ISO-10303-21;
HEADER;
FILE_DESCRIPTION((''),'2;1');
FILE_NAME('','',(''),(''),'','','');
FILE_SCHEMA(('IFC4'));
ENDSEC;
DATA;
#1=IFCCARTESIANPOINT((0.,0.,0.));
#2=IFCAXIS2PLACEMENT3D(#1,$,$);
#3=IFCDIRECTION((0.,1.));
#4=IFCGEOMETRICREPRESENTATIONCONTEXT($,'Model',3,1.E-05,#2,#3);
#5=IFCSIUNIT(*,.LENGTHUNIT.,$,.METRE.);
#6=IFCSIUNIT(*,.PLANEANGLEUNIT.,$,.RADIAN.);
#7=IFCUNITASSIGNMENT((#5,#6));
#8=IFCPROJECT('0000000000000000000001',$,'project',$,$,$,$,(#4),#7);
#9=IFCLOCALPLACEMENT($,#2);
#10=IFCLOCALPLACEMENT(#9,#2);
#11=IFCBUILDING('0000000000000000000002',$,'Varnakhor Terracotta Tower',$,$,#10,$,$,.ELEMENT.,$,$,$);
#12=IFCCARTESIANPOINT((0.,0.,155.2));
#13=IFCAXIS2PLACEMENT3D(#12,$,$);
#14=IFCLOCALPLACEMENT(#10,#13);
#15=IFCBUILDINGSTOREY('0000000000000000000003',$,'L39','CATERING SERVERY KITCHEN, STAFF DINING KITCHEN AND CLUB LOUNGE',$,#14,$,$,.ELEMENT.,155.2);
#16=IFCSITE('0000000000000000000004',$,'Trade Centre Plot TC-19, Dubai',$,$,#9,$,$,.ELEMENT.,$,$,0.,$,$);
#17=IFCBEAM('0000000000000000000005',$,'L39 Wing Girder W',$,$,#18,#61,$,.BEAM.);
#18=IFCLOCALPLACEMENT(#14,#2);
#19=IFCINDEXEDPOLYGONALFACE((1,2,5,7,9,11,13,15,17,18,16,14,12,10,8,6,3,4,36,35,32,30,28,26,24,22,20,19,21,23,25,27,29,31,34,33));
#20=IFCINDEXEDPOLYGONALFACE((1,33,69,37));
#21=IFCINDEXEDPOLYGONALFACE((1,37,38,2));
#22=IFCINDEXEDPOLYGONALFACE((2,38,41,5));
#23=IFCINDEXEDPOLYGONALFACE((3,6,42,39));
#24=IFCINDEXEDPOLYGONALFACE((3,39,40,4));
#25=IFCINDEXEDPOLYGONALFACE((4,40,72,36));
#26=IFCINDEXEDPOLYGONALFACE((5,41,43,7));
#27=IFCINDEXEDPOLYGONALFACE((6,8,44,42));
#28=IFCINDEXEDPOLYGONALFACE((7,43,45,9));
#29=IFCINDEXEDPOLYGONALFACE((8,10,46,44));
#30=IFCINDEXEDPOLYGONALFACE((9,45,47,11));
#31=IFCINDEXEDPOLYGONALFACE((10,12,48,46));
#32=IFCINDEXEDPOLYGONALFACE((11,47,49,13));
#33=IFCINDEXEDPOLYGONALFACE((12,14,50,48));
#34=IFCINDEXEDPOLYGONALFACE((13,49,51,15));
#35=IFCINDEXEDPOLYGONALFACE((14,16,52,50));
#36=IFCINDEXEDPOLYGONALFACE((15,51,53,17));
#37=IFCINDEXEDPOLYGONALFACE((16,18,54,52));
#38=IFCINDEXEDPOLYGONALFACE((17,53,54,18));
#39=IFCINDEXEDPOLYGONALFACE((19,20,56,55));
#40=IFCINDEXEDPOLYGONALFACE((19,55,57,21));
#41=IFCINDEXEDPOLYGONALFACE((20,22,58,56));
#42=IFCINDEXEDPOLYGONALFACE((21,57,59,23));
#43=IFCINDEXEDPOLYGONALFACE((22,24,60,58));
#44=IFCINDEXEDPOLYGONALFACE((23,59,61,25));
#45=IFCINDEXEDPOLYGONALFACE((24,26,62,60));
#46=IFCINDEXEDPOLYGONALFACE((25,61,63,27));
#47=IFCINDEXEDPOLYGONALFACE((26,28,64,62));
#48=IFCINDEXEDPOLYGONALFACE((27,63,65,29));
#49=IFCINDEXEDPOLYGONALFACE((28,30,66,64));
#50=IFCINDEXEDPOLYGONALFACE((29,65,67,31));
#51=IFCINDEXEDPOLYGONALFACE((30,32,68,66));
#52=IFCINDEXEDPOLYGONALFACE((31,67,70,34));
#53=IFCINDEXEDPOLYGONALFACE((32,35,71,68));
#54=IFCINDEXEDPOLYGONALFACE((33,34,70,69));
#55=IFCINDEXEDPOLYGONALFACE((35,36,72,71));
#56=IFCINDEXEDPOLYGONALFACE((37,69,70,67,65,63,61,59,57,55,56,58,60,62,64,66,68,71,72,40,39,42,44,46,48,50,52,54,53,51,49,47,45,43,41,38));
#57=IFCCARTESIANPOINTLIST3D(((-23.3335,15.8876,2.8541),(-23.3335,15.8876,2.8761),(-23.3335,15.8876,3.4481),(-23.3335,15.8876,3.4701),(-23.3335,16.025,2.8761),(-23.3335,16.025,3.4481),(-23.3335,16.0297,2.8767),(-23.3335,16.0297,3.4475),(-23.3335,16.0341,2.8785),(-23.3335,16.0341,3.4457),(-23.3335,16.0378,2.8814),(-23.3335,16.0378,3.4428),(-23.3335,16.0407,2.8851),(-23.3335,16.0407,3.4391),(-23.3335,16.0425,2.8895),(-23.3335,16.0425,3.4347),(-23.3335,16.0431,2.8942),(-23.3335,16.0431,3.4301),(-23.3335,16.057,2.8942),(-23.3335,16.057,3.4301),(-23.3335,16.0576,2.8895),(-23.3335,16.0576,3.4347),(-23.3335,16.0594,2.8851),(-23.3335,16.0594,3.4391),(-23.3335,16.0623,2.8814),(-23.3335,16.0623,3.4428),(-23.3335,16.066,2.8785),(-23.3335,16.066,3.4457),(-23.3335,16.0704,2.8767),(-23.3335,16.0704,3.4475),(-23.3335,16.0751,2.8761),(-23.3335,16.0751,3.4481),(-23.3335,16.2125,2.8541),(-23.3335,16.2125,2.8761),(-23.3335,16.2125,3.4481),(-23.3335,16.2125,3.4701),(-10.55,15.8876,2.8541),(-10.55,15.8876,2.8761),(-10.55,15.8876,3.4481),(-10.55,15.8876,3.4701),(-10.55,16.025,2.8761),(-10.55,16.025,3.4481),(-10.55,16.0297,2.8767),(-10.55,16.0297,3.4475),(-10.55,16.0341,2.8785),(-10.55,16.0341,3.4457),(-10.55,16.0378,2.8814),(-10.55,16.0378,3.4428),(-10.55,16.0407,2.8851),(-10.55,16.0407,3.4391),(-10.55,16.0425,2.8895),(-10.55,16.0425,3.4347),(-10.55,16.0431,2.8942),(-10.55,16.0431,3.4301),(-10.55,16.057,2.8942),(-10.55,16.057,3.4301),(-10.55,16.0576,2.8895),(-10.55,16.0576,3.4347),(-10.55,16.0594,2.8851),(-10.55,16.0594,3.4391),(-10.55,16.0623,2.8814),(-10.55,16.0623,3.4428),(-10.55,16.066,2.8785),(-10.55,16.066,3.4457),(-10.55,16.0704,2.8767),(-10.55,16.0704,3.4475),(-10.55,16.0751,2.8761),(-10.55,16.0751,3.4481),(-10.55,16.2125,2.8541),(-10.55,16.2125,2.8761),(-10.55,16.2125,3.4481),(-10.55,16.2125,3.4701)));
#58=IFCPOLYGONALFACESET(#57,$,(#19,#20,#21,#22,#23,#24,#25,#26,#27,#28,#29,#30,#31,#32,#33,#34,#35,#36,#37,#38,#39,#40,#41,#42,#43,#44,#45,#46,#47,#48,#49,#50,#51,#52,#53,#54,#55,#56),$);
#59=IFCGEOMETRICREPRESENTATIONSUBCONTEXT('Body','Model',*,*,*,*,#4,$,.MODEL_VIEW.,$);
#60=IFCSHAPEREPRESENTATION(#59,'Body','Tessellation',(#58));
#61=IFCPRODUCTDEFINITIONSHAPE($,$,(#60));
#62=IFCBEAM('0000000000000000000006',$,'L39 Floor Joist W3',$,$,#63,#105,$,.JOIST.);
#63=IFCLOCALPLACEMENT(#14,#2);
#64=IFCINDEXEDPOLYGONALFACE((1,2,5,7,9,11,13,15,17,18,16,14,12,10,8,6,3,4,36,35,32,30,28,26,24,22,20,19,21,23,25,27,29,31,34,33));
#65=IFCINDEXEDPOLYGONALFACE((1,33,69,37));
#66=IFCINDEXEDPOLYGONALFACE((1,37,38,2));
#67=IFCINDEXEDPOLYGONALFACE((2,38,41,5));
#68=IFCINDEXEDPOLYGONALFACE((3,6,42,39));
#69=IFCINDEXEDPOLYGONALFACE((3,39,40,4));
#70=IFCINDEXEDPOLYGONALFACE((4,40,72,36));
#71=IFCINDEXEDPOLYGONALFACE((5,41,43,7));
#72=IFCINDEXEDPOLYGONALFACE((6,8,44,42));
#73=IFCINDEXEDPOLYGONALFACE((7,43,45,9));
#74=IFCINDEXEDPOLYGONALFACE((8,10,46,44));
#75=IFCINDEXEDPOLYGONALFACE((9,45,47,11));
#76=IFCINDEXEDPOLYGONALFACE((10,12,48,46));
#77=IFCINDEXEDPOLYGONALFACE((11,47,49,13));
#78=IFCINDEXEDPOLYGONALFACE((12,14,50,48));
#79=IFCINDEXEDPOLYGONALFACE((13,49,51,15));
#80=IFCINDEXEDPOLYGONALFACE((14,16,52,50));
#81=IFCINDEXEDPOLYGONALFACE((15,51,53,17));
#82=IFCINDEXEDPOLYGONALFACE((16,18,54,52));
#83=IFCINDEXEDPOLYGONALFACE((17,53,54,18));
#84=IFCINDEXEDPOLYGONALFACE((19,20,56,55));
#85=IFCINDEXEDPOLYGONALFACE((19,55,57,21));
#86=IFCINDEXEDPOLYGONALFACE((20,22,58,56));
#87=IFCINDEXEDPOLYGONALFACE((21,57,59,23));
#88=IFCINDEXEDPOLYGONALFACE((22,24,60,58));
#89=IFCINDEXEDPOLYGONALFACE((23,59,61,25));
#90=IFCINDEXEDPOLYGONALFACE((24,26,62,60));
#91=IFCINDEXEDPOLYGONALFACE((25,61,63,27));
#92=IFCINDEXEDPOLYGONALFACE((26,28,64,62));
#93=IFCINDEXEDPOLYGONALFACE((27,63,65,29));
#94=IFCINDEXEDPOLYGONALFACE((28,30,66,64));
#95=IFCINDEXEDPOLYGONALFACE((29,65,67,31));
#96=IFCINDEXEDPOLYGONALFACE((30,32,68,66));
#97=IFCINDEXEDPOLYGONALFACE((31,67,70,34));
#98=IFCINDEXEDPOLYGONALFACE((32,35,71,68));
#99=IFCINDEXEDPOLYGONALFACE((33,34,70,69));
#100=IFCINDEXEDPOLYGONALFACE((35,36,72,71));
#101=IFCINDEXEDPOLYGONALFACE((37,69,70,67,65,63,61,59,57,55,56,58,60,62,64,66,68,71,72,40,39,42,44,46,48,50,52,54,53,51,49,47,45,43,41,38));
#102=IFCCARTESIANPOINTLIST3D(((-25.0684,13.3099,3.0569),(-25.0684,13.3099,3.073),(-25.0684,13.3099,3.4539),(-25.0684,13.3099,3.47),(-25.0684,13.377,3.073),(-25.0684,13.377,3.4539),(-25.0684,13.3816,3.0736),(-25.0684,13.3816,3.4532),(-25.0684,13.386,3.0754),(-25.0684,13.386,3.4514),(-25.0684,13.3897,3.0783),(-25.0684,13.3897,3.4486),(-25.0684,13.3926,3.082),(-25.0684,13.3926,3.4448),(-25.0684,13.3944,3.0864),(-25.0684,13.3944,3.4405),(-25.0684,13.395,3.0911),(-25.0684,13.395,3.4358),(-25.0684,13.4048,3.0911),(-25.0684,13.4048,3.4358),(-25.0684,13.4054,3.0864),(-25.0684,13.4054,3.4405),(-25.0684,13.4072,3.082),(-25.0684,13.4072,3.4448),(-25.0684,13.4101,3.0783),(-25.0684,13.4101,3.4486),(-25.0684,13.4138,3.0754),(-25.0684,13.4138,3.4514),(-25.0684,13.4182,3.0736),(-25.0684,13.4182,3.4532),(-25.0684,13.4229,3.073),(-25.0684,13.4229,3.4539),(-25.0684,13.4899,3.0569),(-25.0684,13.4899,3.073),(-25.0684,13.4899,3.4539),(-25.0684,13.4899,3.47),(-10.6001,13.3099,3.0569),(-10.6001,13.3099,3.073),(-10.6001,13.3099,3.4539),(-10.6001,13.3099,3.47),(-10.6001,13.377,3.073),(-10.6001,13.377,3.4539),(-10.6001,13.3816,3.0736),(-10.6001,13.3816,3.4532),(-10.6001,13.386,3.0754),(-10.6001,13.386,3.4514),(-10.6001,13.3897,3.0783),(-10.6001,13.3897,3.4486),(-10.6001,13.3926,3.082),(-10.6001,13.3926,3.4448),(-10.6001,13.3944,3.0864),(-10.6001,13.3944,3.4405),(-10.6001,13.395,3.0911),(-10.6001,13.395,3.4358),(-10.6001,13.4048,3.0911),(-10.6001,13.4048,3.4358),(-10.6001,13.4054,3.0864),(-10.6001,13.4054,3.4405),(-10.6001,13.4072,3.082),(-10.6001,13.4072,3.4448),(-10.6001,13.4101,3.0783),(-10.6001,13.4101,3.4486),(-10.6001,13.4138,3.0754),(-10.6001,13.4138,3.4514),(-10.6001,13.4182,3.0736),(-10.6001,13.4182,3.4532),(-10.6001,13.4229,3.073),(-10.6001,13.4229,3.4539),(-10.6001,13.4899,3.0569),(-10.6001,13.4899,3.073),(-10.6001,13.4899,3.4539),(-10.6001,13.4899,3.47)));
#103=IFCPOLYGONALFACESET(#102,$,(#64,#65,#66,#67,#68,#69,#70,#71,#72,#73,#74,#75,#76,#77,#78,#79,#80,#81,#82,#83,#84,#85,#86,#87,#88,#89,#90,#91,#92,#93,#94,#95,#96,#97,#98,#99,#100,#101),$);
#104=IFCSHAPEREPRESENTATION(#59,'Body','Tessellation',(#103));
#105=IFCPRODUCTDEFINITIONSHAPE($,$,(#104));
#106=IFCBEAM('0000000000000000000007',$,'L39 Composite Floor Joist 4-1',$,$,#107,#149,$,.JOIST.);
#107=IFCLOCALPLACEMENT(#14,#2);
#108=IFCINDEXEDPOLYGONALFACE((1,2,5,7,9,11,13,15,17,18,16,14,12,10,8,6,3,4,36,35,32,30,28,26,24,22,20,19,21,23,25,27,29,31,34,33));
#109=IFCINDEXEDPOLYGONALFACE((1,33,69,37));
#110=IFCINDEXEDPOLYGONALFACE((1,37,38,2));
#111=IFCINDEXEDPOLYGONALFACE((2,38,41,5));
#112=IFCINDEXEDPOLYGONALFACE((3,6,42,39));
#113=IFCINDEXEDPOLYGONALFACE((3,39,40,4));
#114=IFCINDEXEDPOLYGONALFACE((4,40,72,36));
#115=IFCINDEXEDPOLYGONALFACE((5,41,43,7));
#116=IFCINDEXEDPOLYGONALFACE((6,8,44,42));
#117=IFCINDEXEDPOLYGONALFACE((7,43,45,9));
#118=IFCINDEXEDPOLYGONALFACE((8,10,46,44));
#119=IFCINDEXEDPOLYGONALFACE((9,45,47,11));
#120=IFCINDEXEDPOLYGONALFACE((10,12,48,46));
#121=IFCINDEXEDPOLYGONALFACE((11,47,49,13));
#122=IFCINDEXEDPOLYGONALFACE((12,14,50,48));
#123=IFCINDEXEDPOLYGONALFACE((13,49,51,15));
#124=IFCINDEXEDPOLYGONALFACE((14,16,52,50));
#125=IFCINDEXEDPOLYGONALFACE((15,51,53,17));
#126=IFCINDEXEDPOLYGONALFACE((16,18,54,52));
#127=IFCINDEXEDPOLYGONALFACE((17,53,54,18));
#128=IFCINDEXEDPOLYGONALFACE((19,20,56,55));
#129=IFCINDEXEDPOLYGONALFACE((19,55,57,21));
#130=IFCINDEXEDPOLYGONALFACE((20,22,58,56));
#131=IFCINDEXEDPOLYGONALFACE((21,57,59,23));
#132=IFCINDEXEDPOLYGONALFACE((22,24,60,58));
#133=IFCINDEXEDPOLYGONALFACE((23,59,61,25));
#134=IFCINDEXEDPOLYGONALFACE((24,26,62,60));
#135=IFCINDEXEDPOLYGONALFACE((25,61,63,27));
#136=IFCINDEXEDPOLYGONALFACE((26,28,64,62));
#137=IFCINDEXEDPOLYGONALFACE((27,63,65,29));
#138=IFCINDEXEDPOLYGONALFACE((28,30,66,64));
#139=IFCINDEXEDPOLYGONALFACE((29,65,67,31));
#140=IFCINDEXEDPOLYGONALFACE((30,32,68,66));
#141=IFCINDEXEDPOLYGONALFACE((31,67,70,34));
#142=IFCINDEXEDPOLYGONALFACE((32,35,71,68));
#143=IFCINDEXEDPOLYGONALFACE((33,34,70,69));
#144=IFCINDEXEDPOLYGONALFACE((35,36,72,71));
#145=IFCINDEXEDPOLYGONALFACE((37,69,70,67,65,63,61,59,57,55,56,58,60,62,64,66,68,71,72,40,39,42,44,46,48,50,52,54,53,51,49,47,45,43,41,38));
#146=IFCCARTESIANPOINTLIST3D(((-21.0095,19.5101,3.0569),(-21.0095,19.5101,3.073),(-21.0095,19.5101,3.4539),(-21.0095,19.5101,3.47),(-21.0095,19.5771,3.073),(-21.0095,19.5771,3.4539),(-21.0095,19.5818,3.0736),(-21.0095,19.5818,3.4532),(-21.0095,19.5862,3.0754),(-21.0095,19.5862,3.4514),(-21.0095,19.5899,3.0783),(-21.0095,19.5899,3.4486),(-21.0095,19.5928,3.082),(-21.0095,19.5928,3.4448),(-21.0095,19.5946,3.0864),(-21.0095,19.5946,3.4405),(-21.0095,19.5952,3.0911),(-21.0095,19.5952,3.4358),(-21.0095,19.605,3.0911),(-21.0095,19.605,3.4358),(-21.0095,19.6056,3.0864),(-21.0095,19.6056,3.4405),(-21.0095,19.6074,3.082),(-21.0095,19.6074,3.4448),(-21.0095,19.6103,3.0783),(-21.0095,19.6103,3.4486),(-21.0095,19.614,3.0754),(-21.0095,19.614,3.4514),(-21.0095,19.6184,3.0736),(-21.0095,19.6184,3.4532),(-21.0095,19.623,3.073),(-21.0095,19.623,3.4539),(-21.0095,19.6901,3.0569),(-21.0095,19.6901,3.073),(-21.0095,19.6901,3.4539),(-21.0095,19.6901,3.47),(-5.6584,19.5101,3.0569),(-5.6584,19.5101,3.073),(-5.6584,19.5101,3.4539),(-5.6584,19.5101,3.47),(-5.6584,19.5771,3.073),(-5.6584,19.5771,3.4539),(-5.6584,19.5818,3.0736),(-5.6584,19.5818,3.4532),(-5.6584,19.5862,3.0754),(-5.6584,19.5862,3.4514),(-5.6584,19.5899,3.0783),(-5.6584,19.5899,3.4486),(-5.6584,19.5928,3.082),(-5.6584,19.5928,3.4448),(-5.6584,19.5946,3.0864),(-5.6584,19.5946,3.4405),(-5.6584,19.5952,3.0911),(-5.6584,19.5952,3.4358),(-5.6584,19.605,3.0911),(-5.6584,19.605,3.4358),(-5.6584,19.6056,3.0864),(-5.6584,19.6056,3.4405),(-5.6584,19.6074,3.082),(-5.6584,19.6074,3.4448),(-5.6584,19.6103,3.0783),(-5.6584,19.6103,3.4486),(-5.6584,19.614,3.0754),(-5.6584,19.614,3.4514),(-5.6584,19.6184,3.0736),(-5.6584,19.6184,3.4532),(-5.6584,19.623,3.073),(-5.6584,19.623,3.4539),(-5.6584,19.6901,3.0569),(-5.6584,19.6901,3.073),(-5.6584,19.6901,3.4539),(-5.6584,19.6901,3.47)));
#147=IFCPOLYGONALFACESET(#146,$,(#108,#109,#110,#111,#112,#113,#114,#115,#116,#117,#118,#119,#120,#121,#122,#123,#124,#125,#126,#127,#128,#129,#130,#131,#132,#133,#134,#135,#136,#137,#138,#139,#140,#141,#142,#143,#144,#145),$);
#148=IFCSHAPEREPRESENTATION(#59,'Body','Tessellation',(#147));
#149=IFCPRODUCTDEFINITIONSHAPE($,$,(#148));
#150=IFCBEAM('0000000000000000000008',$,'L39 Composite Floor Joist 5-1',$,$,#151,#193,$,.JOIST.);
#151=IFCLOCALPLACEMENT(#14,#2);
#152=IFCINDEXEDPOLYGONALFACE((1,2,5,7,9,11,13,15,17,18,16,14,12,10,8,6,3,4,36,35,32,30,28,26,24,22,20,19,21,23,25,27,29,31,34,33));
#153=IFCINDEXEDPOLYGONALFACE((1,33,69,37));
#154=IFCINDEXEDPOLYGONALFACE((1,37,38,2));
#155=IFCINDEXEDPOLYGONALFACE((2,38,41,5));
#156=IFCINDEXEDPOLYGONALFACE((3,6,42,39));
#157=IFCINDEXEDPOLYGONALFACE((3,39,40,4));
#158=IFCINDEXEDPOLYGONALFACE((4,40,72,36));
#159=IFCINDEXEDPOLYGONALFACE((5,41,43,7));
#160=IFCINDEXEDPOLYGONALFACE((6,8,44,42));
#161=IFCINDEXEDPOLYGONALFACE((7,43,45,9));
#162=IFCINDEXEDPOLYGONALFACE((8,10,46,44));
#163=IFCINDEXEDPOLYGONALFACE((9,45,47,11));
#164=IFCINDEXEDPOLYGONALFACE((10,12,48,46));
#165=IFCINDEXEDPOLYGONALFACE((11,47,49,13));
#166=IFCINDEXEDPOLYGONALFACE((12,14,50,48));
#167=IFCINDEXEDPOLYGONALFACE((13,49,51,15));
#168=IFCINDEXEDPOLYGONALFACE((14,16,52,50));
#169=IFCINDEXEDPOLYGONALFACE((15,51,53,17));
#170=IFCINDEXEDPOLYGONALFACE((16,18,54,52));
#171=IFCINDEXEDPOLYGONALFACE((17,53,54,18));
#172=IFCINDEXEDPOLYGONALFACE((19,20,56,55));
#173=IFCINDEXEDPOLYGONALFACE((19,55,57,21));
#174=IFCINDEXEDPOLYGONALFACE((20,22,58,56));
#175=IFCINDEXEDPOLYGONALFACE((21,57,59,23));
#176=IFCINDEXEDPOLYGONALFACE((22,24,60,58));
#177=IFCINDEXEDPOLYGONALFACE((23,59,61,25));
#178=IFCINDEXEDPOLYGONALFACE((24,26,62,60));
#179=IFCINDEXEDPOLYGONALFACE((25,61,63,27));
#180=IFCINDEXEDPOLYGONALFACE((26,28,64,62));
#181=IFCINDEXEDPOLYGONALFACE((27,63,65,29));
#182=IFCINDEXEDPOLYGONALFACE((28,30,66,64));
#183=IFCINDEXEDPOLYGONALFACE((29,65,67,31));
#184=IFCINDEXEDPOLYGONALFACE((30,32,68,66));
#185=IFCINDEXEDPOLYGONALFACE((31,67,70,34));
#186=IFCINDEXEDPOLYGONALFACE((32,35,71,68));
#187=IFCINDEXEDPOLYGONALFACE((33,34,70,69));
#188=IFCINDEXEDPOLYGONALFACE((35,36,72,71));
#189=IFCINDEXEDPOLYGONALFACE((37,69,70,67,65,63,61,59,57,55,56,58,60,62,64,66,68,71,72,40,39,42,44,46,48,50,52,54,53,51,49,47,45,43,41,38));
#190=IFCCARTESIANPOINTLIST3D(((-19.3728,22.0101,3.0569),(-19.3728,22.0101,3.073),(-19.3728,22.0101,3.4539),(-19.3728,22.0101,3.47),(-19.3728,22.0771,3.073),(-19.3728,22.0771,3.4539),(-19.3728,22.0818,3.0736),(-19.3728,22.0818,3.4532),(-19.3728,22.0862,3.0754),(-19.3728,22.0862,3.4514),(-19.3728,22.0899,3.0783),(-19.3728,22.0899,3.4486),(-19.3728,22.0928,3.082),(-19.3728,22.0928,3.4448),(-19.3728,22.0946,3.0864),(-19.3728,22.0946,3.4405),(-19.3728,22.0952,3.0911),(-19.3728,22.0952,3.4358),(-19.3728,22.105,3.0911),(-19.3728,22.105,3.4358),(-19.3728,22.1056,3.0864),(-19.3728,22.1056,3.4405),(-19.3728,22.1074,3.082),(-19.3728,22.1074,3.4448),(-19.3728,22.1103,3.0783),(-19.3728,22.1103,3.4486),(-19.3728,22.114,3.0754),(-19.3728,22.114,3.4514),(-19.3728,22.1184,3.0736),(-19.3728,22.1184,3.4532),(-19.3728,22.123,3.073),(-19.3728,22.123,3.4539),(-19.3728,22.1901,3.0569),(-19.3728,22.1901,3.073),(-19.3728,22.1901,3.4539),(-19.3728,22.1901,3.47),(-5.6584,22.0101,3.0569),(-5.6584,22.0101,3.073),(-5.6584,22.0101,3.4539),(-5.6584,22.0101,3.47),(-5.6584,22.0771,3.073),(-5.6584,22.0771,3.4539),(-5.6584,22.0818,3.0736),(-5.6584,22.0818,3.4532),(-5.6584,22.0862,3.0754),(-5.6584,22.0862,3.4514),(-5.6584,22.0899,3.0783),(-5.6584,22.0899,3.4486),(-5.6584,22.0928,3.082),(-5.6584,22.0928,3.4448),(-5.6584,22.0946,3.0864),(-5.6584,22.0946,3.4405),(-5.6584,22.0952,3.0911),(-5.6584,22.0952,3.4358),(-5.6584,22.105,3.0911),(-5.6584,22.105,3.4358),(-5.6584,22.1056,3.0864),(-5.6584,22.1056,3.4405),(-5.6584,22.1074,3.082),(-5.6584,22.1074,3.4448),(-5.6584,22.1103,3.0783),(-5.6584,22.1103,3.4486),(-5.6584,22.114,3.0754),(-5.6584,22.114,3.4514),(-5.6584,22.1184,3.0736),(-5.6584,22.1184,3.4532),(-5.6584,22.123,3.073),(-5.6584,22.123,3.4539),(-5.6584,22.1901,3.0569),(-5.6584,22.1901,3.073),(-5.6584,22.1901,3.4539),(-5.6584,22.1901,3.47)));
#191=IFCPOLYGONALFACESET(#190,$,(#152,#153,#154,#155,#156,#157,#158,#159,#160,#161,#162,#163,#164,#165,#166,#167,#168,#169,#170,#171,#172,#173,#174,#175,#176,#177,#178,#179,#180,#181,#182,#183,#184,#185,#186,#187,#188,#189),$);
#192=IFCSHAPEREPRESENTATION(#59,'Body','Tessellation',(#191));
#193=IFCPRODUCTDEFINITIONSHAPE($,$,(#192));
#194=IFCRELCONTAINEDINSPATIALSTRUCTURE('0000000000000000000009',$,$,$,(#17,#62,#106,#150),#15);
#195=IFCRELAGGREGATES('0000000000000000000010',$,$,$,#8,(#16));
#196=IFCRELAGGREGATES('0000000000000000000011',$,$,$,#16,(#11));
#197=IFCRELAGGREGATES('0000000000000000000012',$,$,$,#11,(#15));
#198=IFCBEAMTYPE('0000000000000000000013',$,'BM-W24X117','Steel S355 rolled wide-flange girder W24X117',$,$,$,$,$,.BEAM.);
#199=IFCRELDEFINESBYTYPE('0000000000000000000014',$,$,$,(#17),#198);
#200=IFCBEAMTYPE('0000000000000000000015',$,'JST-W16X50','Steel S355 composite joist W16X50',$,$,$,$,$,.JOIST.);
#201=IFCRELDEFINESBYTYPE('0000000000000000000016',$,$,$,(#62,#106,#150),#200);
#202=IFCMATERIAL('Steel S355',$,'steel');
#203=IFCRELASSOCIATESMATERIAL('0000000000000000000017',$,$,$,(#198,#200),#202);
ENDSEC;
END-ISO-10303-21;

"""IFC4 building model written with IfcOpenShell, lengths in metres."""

from ifc_helpers import new_model, si_unit, direction, frame, origin, origin_2d, place, context, subcontext, project, spatial, i_section, extrude, source, transform, mapped, material, material_profile, profile_set, type_object, element, save


model = new_model("IFC4")

# Units and contexts
model_context = context("Model", 3, precision=1e-05, world=origin(), true_north=direction((0.0, 1.0)))
body_context = subcontext(model_context, "Body", "Model", "MODEL_VIEW")
ifc_project = project(units=[si_unit("LENGTHUNIT", "METRE"), si_unit("PLANEANGLEUNIT", "RADIAN")], contexts=[model_context])

# Site, building, storey
site_placement = place(None, origin())
site = spatial("IfcSite", under=ifc_project, at=site_placement, Name="Trade Centre Plot TC-19, Dubai", CompositionType="ELEMENT", RefElevation=0.0)
building_placement = place(site_placement, origin())
building = spatial("IfcBuilding", under=site, at=building_placement, Name="Varnakhor Terracotta Tower", CompositionType="ELEMENT")
storey_placement = place(building_placement, frame((0.0, 0.0, 155.2)))
storey = spatial("IfcBuildingStorey", under=building, at=storey_placement, Name="L39", Description="CATERING SERVERY KITCHEN, STAFF DINING KITCHEN AND CLUB LOUNGE", CompositionType="ELEMENT", Elevation=155.2)

# Beams
ifc_material_1 = material(Name="Steel S355", Category="steel")
ifc_material_profile_1 = material_profile(ifc_material_1, i_section(OverallWidth=0.325, OverallDepth=0.616, WebThickness=0.0139, FlangeThickness=0.022, FilletRadius=0.0181, at=origin_2d()), Name="W24X117")
ifc_profile_set_1 = profile_set([ifc_material_profile_1], Name="Steel S355")
beam_type_1 = type_object("IfcBeamType", Name="BM-W24X117", Description="Steel S355 rolled wide-flange girder W24X117", PredefinedType="BEAM", material=ifc_profile_set_1)
shared_shape_1 = source(origin(), body_context, "Body", "SweptSolid", [
    extrude(i_section(OverallWidth=0.325, OverallDepth=0.616, WebThickness=0.0139, FlangeThickness=0.022, FilletRadius=0.0181, at=origin_2d()), origin(), (0.0, 0.0, 1.0), 12.7834),
])
beam_1_placement = place(storey_placement, frame((-23.3335, 16.05, 3.1621), z_axis=(1.0, 0.0, 0.0), x_axis=(0.0, 1.0, 0.0)))
element("IfcBeam", 1, at=beam_1_placement, inside=storey, type_object=beam_type_1, Name="L39 Wing Girder W", PredefinedType="BEAM", context=body_context, shape_type="MappedRepresentation", body=[
    mapped(shared_shape_1, transform((0.0, 0.0, 0.0), scale=1.0)),
])
ifc_material_profile_2 = material_profile(ifc_material_1, i_section(OverallWidth=0.1799, OverallDepth=0.4131, WebThickness=0.0098, FlangeThickness=0.0161, FilletRadius=0.0181, at=origin_2d()), Name="W16X50")
ifc_profile_set_2 = profile_set([ifc_material_profile_2], Name="Steel S355")
beam_type_2 = type_object("IfcBeamType", Name="JST-W16X50", Description="Steel S355 composite joist W16X50", PredefinedType="JOIST", material=ifc_profile_set_2)
shared_shape_2 = source(origin(), body_context, "Body", "SweptSolid", [
    extrude(i_section(OverallWidth=0.1799, OverallDepth=0.4131, WebThickness=0.0098, FlangeThickness=0.0161, FilletRadius=0.0181, at=origin_2d()), origin(), (0.0, 0.0, 1.0), 14.4683),
])
beam_2_placement = place(storey_placement, frame((-25.0684, 13.3999, 3.2634), z_axis=(1.0, 0.0, 0.0), x_axis=(0.0, 1.0, 0.0)))
element("IfcBeam", 2, at=beam_2_placement, inside=storey, type_object=beam_type_2, Name="L39 Floor Joist W3", PredefinedType="JOIST", context=body_context, shape_type="MappedRepresentation", body=[
    mapped(shared_shape_2, transform((0.0, 0.0, 0.0), scale=1.0)),
])
shared_shape_3 = source(origin(), body_context, "Body", "SweptSolid", [
    extrude(i_section(OverallWidth=0.1799, OverallDepth=0.4131, WebThickness=0.0098, FlangeThickness=0.0161, FilletRadius=0.0181, at=origin_2d()), origin(), (0.0, 0.0, 1.0), 15.3511),
])
beam_3_placement = place(storey_placement, frame((-21.0095, 19.6001, 3.2634), z_axis=(1.0, 0.0, 0.0), x_axis=(0.0, 1.0, 0.0)))
element("IfcBeam", 3, at=beam_3_placement, inside=storey, type_object=beam_type_2, Name="L39 Composite Floor Joist 4-1", PredefinedType="JOIST", context=body_context, shape_type="MappedRepresentation", body=[
    mapped(shared_shape_3, transform((0.0, 0.0, 0.0), scale=1.0)),
])
shared_shape_4 = source(origin(), body_context, "Body", "SweptSolid", [
    extrude(i_section(OverallWidth=0.1799, OverallDepth=0.4131, WebThickness=0.0098, FlangeThickness=0.0161, FilletRadius=0.0181, at=origin_2d()), origin(), (0.0, 0.0, 1.0), 13.7144),
])
beam_4_placement = place(storey_placement, frame((-19.3728, 22.1001, 3.2634), z_axis=(1.0, 0.0, 0.0), x_axis=(0.0, 1.0, 0.0)))
element("IfcBeam", 4, at=beam_4_placement, inside=storey, type_object=beam_type_2, Name="L39 Composite Floor Joist 5-1", PredefinedType="JOIST", context=body_context, shape_type="MappedRepresentation", body=[
    mapped(shared_shape_4, transform((0.0, 0.0, 0.0), scale=1.0)),
])

save(model, "model.ifc")
